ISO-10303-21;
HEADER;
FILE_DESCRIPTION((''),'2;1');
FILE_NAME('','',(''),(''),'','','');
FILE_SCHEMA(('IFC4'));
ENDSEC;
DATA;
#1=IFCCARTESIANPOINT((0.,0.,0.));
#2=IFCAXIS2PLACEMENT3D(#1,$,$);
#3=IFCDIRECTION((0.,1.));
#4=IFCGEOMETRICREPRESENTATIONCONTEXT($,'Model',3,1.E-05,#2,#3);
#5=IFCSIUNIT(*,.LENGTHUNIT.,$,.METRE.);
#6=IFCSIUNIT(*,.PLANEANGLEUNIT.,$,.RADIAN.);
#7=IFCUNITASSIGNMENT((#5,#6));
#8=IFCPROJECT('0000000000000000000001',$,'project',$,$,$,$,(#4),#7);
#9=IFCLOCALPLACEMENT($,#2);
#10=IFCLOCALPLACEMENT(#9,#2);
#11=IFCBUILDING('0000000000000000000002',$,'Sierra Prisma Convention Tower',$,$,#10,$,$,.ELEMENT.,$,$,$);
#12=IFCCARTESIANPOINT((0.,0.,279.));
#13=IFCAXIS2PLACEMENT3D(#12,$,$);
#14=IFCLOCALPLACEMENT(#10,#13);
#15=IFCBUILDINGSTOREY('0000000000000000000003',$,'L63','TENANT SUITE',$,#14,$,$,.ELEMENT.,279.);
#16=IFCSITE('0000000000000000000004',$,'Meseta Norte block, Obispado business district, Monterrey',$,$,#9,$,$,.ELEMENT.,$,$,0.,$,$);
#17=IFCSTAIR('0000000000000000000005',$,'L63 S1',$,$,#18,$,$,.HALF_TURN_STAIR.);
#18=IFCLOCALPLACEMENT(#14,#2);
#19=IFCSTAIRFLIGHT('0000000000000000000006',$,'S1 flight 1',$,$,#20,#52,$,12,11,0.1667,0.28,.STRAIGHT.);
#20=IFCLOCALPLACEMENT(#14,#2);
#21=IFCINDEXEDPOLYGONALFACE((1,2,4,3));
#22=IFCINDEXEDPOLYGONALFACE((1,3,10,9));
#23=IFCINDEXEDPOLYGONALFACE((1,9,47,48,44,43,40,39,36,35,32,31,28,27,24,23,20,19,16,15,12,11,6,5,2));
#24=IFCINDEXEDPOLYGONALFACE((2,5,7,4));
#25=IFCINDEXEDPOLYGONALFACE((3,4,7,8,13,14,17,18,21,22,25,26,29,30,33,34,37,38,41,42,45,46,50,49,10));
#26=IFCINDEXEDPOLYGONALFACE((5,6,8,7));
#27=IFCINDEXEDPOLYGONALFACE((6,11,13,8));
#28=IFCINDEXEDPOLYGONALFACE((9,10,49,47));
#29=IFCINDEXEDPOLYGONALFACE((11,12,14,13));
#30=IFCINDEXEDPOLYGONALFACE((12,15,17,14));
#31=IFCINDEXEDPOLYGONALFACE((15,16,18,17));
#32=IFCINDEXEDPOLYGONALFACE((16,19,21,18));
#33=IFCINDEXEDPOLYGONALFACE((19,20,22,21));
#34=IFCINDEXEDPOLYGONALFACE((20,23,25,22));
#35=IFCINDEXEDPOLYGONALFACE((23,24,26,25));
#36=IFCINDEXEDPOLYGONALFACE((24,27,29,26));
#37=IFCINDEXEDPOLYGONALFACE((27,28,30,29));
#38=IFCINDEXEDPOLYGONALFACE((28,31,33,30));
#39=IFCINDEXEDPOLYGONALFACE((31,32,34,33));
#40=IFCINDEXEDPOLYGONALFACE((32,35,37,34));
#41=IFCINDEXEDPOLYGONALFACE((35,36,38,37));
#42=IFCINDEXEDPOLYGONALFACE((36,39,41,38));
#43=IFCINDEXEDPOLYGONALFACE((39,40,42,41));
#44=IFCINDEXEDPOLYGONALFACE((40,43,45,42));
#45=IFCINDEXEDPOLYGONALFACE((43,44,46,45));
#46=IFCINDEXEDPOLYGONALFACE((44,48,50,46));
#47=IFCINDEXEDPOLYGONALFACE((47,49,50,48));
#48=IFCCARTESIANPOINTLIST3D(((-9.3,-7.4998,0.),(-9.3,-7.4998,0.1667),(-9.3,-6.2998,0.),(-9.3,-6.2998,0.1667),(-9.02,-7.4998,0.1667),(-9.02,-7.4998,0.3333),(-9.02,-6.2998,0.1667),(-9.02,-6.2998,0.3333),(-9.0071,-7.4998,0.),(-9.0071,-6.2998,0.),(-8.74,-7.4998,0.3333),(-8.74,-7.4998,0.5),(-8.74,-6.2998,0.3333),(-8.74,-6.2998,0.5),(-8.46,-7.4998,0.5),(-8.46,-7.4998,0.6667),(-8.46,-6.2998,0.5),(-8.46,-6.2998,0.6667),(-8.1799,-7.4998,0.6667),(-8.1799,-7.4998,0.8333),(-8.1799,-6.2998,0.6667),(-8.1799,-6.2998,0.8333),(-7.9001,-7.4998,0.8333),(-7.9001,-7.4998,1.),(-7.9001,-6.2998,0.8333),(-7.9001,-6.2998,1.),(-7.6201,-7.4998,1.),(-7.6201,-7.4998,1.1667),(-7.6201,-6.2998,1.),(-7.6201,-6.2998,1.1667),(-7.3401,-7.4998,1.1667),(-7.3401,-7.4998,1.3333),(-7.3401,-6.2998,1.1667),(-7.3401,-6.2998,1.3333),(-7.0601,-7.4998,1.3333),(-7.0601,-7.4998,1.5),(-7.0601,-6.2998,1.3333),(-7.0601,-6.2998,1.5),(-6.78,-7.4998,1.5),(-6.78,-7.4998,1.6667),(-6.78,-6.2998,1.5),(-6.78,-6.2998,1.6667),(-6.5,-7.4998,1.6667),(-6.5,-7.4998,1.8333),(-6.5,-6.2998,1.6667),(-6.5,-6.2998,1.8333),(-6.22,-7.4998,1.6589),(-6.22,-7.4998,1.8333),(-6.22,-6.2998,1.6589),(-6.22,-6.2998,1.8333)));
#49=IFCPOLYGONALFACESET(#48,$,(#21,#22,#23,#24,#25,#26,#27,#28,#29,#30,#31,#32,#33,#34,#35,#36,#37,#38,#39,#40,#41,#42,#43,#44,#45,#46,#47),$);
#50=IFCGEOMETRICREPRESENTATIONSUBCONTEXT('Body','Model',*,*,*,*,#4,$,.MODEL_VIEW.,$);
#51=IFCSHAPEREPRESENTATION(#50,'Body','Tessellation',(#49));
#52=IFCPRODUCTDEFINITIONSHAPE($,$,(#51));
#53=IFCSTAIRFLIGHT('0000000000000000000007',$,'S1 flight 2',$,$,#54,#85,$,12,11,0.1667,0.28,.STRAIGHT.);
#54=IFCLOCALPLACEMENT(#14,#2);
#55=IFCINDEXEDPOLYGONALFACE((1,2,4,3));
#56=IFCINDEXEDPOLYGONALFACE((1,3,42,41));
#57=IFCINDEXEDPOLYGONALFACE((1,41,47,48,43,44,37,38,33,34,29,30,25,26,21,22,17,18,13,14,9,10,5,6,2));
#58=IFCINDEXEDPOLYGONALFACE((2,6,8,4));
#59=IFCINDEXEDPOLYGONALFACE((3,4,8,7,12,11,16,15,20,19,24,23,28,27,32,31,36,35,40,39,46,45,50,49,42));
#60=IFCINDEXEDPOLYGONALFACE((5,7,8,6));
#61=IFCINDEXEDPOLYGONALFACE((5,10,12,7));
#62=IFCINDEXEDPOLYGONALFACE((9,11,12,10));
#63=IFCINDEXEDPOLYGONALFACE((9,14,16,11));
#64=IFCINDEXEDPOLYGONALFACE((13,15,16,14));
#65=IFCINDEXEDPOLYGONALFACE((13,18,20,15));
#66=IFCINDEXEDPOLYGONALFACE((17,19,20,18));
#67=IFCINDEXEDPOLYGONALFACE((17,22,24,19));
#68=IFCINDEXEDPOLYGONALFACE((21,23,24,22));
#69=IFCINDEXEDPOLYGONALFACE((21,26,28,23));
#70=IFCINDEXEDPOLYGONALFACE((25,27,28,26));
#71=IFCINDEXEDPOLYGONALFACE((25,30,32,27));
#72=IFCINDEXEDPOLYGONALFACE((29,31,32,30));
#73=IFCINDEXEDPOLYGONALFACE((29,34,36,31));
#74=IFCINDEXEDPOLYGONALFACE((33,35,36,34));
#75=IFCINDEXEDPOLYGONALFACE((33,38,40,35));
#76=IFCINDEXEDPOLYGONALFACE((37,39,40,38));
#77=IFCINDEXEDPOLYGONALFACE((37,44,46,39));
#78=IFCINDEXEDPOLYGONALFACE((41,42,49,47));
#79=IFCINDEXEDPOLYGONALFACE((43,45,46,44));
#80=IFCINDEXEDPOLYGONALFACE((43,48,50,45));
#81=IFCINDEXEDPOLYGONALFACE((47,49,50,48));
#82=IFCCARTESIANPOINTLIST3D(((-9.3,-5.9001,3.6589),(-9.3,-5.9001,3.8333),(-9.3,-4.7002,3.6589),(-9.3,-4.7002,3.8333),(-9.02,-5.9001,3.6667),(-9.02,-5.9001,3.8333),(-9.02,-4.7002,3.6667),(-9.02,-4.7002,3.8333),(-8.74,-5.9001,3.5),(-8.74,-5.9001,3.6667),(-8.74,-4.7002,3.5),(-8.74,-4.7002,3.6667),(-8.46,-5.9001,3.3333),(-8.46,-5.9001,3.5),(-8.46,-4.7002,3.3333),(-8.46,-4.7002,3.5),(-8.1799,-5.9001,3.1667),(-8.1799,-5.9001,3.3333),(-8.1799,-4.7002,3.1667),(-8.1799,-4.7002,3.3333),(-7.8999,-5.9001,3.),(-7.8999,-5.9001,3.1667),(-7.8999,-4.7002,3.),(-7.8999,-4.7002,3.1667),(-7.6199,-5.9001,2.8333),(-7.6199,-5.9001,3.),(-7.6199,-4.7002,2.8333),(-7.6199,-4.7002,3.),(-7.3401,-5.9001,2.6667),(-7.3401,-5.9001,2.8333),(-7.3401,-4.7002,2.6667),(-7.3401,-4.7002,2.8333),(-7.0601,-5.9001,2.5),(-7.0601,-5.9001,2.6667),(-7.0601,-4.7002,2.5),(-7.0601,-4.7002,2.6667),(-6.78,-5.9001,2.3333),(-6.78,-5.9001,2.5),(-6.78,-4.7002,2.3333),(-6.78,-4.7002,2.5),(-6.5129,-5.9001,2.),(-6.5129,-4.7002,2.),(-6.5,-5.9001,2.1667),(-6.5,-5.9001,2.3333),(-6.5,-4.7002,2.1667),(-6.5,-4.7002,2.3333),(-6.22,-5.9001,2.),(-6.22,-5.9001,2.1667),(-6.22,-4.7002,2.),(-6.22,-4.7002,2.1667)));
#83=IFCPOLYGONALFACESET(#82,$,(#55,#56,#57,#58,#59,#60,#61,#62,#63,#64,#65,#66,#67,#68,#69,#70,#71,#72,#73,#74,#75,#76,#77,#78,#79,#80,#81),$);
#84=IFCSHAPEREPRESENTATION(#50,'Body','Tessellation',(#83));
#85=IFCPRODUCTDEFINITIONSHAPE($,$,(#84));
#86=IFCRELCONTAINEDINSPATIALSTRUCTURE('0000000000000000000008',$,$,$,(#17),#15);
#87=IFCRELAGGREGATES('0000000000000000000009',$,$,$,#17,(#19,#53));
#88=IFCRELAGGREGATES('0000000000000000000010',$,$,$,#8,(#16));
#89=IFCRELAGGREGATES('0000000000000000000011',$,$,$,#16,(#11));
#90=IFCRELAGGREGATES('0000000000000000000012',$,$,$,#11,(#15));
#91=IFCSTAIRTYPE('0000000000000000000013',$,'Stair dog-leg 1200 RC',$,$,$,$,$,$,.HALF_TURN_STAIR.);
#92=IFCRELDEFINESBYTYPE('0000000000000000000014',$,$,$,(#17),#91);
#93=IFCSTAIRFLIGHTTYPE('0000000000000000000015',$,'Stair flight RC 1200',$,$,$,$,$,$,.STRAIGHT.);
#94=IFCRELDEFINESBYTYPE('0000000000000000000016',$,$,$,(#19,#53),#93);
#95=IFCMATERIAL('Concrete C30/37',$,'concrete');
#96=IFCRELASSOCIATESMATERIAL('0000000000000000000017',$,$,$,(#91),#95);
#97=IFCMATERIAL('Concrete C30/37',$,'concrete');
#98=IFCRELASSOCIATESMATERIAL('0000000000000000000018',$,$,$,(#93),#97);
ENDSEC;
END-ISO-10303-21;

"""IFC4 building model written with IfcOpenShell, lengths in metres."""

from ifc_helpers import new_model, si_unit, direction, frame, origin, place, context, subcontext, project, spatial, polyline, outline, extrude, material, type_object, element, aggregate, save


model = new_model("IFC4")

# Units and contexts
model_context = context("Model", 3, precision=1e-05, world=origin(), true_north=direction((0.0, 1.0)))
body_context = subcontext(model_context, "Body", "Model", "MODEL_VIEW")
ifc_project = project(units=[si_unit("LENGTHUNIT", "METRE"), si_unit("PLANEANGLEUNIT", "RADIAN")], contexts=[model_context])

# Site, building, storey
site_placement = place(None, origin())
site = spatial("IfcSite", under=ifc_project, at=site_placement, Name="Meseta Norte block, Obispado business district, Monterrey", CompositionType="ELEMENT", RefElevation=0.0)
building_placement = place(site_placement, origin())
building = spatial("IfcBuilding", under=site, at=building_placement, Name="Sierra Prisma Convention Tower", CompositionType="ELEMENT")
storey_placement = place(building_placement, frame((0.0, 0.0, 279.0)))
storey = spatial("IfcBuildingStorey", under=building, at=storey_placement, Name="L63", Description="TENANT SUITE", CompositionType="ELEMENT", Elevation=279.0)

# Stair, stair flights
ifc_material_1 = material(Name="Concrete C30/37", Category="concrete")
stair_type = type_object("IfcStairType", Name="Stair dog-leg 1200 RC", PredefinedType="HALF_TURN_STAIR", material=ifc_material_1)
stair_placement = place(storey_placement, origin())
stair = element("IfcStair", 1, at=stair_placement, inside=storey, type_object=stair_type, Name="L63 S1", PredefinedType="HALF_TURN_STAIR")
ifc_material_2 = material(Name="Concrete C30/37", Category="concrete")
stair_flight_type = type_object("IfcStairFlightType", Name="Stair flight RC 1200", PredefinedType="STRAIGHT", material=ifc_material_2)
stair_flight_1_placement = place(storey_placement, frame((-9.3, -6.8999, 0.0), z_axis=(0.0, 0.0, 1.0), x_axis=(1.0, 0.0, 0.0)))
stair_flight_1 = element("IfcStairFlight", 2, at=stair_flight_1_placement, type_object=stair_flight_type, Name="S1 flight 1", NumberOfRisers=12, NumberOfTreads=11, PredefinedType="STRAIGHT", RiserHeight=0.1667, TreadLength=0.28, context=body_context, shape_type="SweptSolid", body=[
    extrude(outline(polyline([(0.0, 0.0), (0.0, 0.1667), (0.28, 0.1667), (0.28, 0.3333), (0.5601, 0.3333), (0.5601, 0.5), (0.8401, 0.5), (0.8401, 0.6667), (1.1201, 0.6667), (1.1201, 0.8333), (1.3999, 0.8333), (1.3999, 1.0), (1.6799, 1.0), (1.6799, 1.1667), (1.96, 1.1667), (1.96, 1.3333), (2.24, 1.3333), (2.24, 1.5), (2.52, 1.5), (2.52, 1.6667), (2.8, 1.6667), (2.8, 1.8333), (3.0801, 1.8333), (3.0801, 2.0), (3.0801, 1.6589), (0.293, 0.0), (0.0, 0.0)])), frame((0.0, 0.6001, 0.0), z_axis=(0.0, -1.0, 0.0), x_axis=(1.0, 0.0, 0.0)), (0.0, 0.0, 1.0), 1.2),
])
stair_flight_2_placement = place(storey_placement, frame((-6.22, -5.3, 2.0), z_axis=(0.0, 0.0, 1.0), x_axis=(-1.0, 0.0, 0.0)))
stair_flight_2 = element("IfcStairFlight", 3, at=stair_flight_2_placement, type_object=stair_flight_type, Name="S1 flight 2", NumberOfRisers=12, NumberOfTreads=11, PredefinedType="STRAIGHT", RiserHeight=0.1667, TreadLength=0.28, context=body_context, shape_type="SweptSolid", body=[
    extrude(outline(polyline([(0.0, 0.0), (0.0, 0.1667), (0.28, 0.1667), (0.28, 0.3333), (0.5601, 0.3333), (0.5601, 0.5), (0.8401, 0.5), (0.8401, 0.6667), (1.1201, 0.6667), (1.1201, 0.8333), (1.3999, 0.8333), (1.3999, 1.0), (1.6799, 1.0), (1.6799, 1.1667), (1.96, 1.1667), (1.96, 1.3333), (2.24, 1.3333), (2.24, 1.5), (2.52, 1.5), (2.52, 1.6667), (2.8, 1.6667), (2.8, 1.8333), (3.0801, 1.8333), (3.0801, 2.0), (3.0801, 1.6589), (0.293, 0.0), (0.0, 0.0)])), frame((0.0, 0.6001, 0.0), z_axis=(0.0, -1.0, 0.0), x_axis=(1.0, 0.0, 0.0)), (0.0, 0.0, 1.0), 1.2),
])
aggregate(stair, [stair_flight_1, stair_flight_2])

save(model, "model.ifc")
